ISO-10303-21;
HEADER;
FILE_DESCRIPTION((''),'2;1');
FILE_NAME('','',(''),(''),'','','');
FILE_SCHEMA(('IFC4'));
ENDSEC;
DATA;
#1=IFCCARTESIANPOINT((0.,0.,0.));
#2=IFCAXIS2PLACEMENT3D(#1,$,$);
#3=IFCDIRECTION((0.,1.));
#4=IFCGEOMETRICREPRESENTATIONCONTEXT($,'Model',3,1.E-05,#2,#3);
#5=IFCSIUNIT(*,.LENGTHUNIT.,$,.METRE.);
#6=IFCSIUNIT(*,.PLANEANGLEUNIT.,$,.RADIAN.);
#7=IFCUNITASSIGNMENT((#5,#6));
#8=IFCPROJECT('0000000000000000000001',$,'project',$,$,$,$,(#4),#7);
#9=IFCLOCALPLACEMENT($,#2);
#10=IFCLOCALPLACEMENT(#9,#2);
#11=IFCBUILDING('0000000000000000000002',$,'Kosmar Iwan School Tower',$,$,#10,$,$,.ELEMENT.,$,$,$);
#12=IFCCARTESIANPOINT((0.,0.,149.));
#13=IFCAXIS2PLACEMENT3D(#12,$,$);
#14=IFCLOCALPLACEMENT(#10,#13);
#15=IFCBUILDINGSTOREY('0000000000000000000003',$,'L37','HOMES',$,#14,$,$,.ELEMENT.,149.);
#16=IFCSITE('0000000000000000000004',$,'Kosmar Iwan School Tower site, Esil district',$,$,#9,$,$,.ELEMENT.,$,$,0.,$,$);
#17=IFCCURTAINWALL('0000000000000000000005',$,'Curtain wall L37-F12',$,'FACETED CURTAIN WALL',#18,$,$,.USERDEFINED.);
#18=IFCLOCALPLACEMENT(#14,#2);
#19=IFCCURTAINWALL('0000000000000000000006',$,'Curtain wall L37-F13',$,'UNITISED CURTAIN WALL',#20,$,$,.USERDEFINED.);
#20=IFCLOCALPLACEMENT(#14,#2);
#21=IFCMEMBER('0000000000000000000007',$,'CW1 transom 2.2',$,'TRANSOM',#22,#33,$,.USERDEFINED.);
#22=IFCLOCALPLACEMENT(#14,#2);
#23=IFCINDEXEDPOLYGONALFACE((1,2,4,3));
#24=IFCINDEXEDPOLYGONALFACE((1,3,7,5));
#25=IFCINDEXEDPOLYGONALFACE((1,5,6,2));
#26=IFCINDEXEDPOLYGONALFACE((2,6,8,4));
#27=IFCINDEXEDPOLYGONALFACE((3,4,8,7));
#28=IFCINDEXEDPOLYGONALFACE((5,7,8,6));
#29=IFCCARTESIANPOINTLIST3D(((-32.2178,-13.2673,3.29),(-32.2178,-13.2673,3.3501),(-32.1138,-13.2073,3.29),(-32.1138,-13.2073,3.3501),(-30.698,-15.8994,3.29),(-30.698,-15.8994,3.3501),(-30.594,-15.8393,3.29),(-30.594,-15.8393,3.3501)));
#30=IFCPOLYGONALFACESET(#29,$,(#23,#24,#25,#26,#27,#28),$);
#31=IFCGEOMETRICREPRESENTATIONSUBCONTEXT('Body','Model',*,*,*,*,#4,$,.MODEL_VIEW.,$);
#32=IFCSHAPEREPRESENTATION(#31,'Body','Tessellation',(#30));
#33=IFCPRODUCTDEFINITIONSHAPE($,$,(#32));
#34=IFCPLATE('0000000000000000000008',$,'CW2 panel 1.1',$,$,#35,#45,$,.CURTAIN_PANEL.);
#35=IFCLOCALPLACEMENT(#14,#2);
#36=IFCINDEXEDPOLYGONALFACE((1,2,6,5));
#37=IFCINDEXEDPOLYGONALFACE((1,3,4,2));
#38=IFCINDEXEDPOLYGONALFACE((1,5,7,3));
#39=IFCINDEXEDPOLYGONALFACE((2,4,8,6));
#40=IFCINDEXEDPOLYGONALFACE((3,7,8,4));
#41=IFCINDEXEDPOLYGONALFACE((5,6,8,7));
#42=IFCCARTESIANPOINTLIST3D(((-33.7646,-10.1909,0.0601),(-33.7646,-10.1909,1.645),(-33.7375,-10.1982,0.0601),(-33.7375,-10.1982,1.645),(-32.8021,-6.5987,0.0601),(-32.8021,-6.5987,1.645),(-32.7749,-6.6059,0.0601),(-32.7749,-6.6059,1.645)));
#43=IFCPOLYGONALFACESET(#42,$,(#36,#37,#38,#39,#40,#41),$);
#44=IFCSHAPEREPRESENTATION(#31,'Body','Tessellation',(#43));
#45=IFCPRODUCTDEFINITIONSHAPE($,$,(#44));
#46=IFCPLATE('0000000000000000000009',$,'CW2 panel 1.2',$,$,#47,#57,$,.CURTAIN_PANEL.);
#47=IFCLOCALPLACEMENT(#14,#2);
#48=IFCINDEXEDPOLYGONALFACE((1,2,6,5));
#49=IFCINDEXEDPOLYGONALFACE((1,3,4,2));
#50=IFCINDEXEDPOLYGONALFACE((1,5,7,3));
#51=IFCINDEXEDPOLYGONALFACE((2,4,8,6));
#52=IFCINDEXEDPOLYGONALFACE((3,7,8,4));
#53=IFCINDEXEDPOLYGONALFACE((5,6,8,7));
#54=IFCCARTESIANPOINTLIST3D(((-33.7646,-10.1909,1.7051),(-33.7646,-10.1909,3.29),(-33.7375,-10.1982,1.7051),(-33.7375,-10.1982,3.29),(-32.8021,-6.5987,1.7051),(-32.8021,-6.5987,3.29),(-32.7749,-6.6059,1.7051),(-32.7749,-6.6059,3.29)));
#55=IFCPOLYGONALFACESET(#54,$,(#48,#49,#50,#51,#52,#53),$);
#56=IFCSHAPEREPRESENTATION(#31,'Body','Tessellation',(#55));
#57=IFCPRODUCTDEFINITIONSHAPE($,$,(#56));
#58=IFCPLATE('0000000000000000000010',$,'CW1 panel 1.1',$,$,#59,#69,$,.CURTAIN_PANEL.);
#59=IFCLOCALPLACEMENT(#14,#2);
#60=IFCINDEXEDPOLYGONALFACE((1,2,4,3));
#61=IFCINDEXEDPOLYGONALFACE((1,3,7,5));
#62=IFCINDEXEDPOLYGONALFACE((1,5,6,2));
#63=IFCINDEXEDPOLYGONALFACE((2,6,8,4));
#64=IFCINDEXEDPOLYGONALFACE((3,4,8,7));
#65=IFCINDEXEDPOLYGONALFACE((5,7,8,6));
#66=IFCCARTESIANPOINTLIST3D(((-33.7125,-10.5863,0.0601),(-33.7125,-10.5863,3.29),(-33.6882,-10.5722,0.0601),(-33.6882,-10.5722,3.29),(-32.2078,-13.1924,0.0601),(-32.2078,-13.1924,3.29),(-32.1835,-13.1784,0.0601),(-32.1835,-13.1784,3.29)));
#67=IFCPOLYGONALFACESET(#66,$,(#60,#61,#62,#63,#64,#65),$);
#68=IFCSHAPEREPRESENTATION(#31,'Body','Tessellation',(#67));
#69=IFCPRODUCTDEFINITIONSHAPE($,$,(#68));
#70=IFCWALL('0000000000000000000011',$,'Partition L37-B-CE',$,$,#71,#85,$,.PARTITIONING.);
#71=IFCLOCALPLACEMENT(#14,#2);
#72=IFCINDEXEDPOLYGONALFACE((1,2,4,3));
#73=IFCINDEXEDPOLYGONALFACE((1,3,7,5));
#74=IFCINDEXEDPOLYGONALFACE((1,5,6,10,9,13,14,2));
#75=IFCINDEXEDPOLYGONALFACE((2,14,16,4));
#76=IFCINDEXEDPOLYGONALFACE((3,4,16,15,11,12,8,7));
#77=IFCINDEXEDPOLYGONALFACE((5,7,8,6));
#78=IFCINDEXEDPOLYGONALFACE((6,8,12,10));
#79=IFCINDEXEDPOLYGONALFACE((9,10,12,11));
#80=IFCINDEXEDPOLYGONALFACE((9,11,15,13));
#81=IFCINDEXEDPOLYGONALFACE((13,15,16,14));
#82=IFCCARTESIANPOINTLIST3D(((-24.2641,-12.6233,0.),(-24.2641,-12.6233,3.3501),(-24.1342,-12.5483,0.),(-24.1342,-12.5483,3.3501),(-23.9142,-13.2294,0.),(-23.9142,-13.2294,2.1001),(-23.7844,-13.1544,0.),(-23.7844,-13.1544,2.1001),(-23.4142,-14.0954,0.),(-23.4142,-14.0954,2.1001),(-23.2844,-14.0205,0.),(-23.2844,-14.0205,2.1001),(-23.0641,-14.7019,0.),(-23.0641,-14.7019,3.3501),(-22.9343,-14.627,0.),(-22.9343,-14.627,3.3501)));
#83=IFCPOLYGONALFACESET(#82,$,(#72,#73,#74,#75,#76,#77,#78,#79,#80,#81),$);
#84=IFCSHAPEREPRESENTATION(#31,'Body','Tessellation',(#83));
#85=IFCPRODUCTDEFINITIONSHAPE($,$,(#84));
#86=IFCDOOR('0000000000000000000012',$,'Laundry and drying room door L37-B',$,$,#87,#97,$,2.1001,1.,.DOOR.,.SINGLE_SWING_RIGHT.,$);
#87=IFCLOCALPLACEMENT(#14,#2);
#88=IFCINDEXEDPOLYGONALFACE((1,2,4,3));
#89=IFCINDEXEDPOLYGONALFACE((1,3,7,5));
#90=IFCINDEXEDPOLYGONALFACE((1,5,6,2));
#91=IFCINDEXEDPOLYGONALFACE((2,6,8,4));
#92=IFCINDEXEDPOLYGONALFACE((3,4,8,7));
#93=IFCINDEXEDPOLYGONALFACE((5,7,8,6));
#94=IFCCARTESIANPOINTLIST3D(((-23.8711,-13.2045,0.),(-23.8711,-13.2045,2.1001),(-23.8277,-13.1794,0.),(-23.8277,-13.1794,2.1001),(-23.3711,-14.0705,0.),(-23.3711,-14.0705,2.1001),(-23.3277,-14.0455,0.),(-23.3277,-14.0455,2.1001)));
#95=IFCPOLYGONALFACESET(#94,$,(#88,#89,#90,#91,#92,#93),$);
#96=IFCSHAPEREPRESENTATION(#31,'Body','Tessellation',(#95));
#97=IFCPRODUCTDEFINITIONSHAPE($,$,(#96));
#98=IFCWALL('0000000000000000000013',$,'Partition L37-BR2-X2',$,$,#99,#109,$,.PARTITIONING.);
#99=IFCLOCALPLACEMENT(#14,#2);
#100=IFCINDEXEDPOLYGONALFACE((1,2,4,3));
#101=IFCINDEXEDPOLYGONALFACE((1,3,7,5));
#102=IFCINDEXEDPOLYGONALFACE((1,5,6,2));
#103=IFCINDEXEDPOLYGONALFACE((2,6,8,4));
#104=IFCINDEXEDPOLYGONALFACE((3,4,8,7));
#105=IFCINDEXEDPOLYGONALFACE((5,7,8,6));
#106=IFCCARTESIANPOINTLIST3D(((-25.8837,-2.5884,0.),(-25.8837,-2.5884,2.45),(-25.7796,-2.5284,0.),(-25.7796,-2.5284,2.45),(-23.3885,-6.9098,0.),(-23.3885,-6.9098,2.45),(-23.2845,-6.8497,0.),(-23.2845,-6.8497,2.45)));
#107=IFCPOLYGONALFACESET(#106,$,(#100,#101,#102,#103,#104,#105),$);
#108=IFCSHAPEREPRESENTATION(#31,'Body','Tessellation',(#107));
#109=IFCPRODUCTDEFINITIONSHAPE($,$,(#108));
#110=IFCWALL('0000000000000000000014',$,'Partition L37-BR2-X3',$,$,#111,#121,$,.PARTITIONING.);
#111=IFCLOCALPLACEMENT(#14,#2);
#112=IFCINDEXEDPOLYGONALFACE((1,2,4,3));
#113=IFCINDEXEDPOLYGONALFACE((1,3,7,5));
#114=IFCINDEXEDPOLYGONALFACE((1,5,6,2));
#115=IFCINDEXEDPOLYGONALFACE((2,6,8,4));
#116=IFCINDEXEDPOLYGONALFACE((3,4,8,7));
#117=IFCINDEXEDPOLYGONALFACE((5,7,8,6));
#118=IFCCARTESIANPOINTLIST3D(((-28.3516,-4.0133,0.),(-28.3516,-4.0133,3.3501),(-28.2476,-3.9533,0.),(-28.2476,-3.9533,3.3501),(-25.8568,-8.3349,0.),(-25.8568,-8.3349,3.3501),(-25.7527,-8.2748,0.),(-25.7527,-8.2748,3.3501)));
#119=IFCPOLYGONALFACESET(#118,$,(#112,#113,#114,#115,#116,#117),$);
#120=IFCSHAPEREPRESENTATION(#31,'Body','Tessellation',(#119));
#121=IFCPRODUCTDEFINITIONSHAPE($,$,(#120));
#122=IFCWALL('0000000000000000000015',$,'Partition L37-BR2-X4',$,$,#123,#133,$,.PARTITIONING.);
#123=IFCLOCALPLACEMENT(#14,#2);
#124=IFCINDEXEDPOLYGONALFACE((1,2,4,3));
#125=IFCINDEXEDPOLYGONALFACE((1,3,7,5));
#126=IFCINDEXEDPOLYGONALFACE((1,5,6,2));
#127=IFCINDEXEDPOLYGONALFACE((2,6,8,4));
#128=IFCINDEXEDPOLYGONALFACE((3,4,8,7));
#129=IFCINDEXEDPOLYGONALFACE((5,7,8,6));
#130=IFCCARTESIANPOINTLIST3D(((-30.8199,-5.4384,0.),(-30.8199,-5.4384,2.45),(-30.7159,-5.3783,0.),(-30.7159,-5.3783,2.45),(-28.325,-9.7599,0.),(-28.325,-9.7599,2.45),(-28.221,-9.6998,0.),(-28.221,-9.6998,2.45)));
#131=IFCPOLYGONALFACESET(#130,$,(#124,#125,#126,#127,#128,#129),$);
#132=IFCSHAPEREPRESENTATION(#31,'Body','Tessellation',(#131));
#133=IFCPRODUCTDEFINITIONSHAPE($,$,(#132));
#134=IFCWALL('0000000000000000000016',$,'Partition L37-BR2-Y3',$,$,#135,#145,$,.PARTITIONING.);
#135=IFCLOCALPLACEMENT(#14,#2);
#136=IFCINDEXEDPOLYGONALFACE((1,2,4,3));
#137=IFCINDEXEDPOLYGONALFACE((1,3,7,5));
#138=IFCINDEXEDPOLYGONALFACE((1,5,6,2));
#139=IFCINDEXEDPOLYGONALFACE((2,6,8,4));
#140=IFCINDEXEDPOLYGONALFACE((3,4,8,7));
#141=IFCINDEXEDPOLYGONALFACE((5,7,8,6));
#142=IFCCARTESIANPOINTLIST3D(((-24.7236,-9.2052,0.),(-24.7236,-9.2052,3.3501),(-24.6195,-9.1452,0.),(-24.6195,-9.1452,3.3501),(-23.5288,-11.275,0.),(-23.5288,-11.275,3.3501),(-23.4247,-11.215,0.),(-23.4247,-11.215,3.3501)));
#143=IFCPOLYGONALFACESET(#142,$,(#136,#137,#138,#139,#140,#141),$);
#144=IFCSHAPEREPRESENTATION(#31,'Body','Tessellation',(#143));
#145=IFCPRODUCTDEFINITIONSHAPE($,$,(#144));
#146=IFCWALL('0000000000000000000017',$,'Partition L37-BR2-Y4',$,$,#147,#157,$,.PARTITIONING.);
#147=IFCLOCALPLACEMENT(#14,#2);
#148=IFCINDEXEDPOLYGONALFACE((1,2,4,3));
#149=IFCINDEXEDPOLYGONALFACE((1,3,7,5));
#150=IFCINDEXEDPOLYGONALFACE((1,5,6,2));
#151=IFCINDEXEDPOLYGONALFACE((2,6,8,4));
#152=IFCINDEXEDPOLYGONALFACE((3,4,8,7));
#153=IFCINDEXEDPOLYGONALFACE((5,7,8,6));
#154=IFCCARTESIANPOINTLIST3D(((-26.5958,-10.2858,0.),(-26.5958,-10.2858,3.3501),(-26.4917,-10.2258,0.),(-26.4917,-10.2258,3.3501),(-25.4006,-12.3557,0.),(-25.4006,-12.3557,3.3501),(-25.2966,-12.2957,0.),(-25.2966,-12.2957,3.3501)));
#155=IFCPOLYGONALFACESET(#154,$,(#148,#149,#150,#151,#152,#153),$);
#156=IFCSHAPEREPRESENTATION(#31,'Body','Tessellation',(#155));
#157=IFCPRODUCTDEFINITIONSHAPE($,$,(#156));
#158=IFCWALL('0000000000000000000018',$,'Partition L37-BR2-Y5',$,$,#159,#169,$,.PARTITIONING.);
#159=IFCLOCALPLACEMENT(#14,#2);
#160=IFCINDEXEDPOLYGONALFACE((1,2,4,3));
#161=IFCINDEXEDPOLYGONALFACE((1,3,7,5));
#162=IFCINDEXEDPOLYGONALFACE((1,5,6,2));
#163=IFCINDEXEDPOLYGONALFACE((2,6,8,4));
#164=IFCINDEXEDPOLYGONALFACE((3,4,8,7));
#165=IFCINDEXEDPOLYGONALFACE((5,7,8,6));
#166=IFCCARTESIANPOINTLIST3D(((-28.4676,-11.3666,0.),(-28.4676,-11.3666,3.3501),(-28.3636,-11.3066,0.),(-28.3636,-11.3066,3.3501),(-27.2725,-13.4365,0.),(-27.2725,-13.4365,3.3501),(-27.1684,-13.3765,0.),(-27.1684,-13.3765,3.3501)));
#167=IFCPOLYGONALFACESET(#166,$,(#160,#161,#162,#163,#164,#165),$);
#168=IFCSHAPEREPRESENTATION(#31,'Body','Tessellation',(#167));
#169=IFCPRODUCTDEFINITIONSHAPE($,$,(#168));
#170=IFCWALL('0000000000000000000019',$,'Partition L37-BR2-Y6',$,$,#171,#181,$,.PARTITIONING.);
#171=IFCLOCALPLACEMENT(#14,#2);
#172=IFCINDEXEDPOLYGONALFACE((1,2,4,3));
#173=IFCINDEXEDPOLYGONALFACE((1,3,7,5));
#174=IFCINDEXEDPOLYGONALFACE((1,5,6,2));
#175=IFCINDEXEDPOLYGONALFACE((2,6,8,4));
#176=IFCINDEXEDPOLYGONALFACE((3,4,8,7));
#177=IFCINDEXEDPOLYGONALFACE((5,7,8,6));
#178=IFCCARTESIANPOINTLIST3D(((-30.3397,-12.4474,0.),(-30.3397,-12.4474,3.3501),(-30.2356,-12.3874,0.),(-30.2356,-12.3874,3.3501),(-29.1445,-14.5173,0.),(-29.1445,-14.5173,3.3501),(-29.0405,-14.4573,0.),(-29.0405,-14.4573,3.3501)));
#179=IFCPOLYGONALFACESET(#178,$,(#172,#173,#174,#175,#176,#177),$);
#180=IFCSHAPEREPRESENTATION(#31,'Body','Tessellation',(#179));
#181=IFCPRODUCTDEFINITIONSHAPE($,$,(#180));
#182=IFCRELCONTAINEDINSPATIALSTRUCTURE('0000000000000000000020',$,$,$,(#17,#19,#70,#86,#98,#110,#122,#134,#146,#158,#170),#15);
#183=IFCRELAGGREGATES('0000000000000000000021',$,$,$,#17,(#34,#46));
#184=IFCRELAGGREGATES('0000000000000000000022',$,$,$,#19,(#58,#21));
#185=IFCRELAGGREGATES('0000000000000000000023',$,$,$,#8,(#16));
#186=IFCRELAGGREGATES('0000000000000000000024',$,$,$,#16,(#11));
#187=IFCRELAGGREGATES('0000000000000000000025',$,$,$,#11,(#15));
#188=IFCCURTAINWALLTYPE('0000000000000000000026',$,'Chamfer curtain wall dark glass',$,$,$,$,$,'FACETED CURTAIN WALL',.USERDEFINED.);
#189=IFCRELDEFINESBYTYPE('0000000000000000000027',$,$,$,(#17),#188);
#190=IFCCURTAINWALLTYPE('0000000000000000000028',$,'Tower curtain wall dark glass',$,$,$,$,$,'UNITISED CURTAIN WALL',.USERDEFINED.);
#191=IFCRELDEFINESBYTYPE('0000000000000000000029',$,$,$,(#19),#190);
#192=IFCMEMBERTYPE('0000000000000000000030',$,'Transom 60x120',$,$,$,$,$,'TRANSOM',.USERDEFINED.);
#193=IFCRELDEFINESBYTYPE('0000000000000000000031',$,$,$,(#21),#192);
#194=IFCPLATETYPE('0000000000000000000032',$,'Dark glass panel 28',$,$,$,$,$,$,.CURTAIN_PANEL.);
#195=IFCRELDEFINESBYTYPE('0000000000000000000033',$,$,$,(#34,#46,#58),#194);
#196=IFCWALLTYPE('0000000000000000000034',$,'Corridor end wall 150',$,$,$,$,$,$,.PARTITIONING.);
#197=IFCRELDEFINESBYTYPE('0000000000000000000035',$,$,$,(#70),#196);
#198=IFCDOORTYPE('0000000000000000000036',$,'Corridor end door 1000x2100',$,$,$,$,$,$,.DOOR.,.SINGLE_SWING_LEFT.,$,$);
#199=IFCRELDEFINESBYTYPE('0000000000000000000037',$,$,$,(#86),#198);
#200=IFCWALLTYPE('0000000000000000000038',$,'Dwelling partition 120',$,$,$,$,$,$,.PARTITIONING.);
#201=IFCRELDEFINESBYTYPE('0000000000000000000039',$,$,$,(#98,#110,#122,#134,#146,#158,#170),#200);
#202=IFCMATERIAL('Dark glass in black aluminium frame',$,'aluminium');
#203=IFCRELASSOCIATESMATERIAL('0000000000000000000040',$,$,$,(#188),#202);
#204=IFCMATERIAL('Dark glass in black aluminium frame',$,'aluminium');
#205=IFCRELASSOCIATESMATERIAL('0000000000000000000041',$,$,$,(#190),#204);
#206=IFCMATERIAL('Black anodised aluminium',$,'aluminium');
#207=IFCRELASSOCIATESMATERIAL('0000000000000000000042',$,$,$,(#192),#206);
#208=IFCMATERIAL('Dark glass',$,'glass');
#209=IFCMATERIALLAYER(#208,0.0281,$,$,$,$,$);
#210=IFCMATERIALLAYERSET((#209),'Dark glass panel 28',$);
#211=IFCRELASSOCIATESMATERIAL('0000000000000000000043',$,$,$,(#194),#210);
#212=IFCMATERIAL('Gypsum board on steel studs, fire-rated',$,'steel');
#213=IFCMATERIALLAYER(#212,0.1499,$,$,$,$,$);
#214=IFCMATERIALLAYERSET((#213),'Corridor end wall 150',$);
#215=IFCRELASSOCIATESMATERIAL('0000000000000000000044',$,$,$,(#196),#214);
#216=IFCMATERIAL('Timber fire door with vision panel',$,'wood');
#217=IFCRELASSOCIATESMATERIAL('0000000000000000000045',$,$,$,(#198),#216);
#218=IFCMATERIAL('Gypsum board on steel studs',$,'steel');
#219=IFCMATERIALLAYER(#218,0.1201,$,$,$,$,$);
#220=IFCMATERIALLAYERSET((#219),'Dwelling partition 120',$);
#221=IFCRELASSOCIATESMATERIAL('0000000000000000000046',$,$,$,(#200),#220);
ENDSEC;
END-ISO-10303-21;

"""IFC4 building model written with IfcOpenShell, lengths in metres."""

from ifc_helpers import new_model, si_unit, direction, frame, frame_2d, origin, origin_2d, place, context, subcontext, project, spatial, rectangle, extrude, material, layer, layer_set, material_profile, profile_set, type_object, element, fill, aggregate, save


model = new_model("IFC4")

# Units and contexts
model_context = context("Model", 3, precision=1e-05, world=origin(), true_north=direction((0.0, 1.0)))
body_context = subcontext(model_context, "Body", "Model", "MODEL_VIEW")
ifc_project = project(units=[si_unit("LENGTHUNIT", "METRE"), si_unit("PLANEANGLEUNIT", "RADIAN")], contexts=[model_context])

# Site, building, storey
site_placement = place(None, origin())
site = spatial("IfcSite", under=ifc_project, at=site_placement, Name="Kosmar Iwan School Tower site, Esil district", CompositionType="ELEMENT", RefElevation=0.0)
building_placement = place(site_placement, origin())
building = spatial("IfcBuilding", under=site, at=building_placement, Name="Kosmar Iwan School Tower", CompositionType="ELEMENT")
storey_placement = place(building_placement, frame((0.0, 0.0, 149.0)))
storey = spatial("IfcBuildingStorey", under=building, at=storey_placement, Name="L37", Description="HOMES", CompositionType="ELEMENT", Elevation=149.0)

# Curtain wall
ifc_material_1 = material(Name="Dark glass in black aluminium frame", Category="aluminium")
curtain_wall_type_1 = type_object("IfcCurtainWallType", Name="Chamfer curtain wall dark glass", ElementType="FACETED CURTAIN WALL", PredefinedType="USERDEFINED", material=ifc_material_1)
curtain_wall_1_placement = place(storey_placement, origin())
curtain_wall_1 = element("IfcCurtainWall", 1, at=curtain_wall_1_placement, inside=storey, type_object=curtain_wall_type_1, Name="Curtain wall L37-F12", ObjectType="FACETED CURTAIN WALL", PredefinedType="USERDEFINED")

# Curtain wall
ifc_material_2 = material(Name="Dark glass in black aluminium frame", Category="aluminium")
curtain_wall_type_2 = type_object("IfcCurtainWallType", Name="Tower curtain wall dark glass", ElementType="UNITISED CURTAIN WALL", PredefinedType="USERDEFINED", material=ifc_material_2)
curtain_wall_2_placement = place(storey_placement, origin())
curtain_wall_2 = element("IfcCurtainWall", 2, at=curtain_wall_2_placement, inside=storey, type_object=curtain_wall_type_2, Name="Curtain wall L37-F13", ObjectType="UNITISED CURTAIN WALL", PredefinedType="USERDEFINED")

# Member
ifc_material_3 = material(Name="Black anodised aluminium", Category="aluminium")
ifc_material_profile_1 = material_profile(ifc_material_3, rectangle(XDim=0.1201, YDim=0.0601, at=origin_2d()), Name="TRANSOM 60x120")
ifc_profile_set_1 = profile_set([ifc_material_profile_1], Name="Black anodised aluminium")
member_type_1 = type_object("IfcMemberType", Name="Transom 60x120", ElementType="TRANSOM", PredefinedType="USERDEFINED", material=ifc_profile_set_1)
member_1_placement = place(storey_placement, frame((-32.1658, -13.2373, 3.3201), z_axis=(0.500035, -0.866005, 0.0), x_axis=(0.866005, 0.500035, 0.0)))
member_1 = element("IfcMember", 3, at=member_1_placement, type_object=member_type_1, Name="CW1 transom 2.2", ObjectType="TRANSOM", PredefinedType="USERDEFINED", context=body_context, shape_type="SweptSolid", body=[
    extrude(rectangle(XDim=0.1201, YDim=0.0601, at=origin_2d()), origin(), (0.0, 0.0, 1.0), 3.0393),
])

# Plates
ifc_material_4 = material(Name="Dark glass", Category="glass")
ifc_layer_1 = layer(ifc_material_4, 0.0281)
ifc_layer_set_1 = layer_set([ifc_layer_1], Name="Dark glass panel 28")
plate_type = type_object("IfcPlateType", Name="Dark glass panel 28", PredefinedType="CURTAIN_PANEL", material=ifc_layer_set_1)
plate_1_placement = place(storey_placement, frame((-33.2698, -8.3984, 0.0601), z_axis=(0.0, 0.0, 1.0), x_axis=(-0.258819, -0.965926, 0.0)))
plate_1 = element("IfcPlate", 4, at=plate_1_placement, type_object=plate_type, Name="CW2 panel 1.1", PredefinedType="CURTAIN_PANEL", context=body_context, shape_type="SweptSolid", body=[
    extrude(rectangle(XDim=3.719, YDim=0.0281, at=origin_2d()), origin(), (0.0, 0.0, 1.0), 1.585),
])
plate_2_placement = place(storey_placement, frame((-33.2698, -8.3984, 1.7051), z_axis=(0.0, 0.0, 1.0), x_axis=(-0.258819, -0.965926, 0.0)))
plate_2 = element("IfcPlate", 5, at=plate_2_placement, type_object=plate_type, Name="CW2 panel 1.2", PredefinedType="CURTAIN_PANEL", context=body_context, shape_type="SweptSolid", body=[
    extrude(rectangle(XDim=3.719, YDim=0.0281, at=origin_2d()), origin(), (0.0, 0.0, 1.0), 1.585),
])
aggregate(curtain_wall_1, [plate_1, plate_2])
plate_3_placement = place(storey_placement, frame((-32.948, -11.8823, 0.0601), z_axis=(0.0, 0.0, 1.0), x_axis=(0.5, -0.866025, 0.0)))
plate_3 = element("IfcPlate", 6, at=plate_3_placement, type_object=plate_type, Name="CW1 panel 1.1", PredefinedType="CURTAIN_PANEL", context=body_context, shape_type="SweptSolid", body=[
    extrude(rectangle(XDim=3.0093, YDim=0.0281, at=origin_2d()), origin(), (0.0, 0.0, 1.0), 3.23),
])
aggregate(curtain_wall_2, [plate_3, member_1])

# Wall, opening, door
ifc_material_5 = material(Name="Gypsum board on steel studs, fire-rated", Category="steel")
ifc_layer_2 = layer(ifc_material_5, 0.1499)
ifc_layer_set_2 = layer_set([ifc_layer_2], Name="Corridor end wall 150")
wall_type_1 = type_object("IfcWallType", Name="Corridor end wall 150", PredefinedType="PARTITIONING", material=ifc_layer_set_2)
wall_1_placement = place(storey_placement, frame((-24.1992, -12.5857, 0.0), z_axis=(0.0, 0.0, 1.0), x_axis=(0.499957, -0.86605, 0.0)))
wall_1 = element("IfcWall", 7, at=wall_1_placement, inside=storey, type_object=wall_type_1, Name="Partition L37-B-CE", PredefinedType="PARTITIONING", context=body_context, shape_type="SweptSolid", body=[
    extrude(rectangle(XDim=2.4001, YDim=0.1499, at=frame_2d((1.2002, 0.0))), origin(), (0.0, 0.0, 1.0), 3.3501),
])
opening_placement = place(wall_1_placement, frame((0.7, 0.0, 0.0)))
opening = element("IfcOpeningElement", 8, at=opening_placement, cuts=wall_1, PredefinedType="OPENING", context=body_context, shape_type="SweptSolid", body=[
    extrude(rectangle(XDim=1.0, YDim=2.1001, at=frame_2d((0.5, 1.05))), frame((0.0, 0.0869, 0.0), z_axis=(0.0, -1.0, 0.0), x_axis=(1.0, 0.0, 0.0)), (0.0, 0.0, 1.0), 0.1738),
])
ifc_material_6 = material(Name="Timber fire door with vision panel", Category="wood")
door_type = type_object("IfcDoorType", Name="Corridor end door 1000x2100", OperationType="SINGLE_SWING_LEFT", PredefinedType="DOOR", material=ifc_material_6)
door_placement = place(opening_placement, origin())
door = element("IfcDoor", 9, at=door_placement, inside=storey, type_object=door_type, Name="Laundry and drying room door L37-B", OperationType="SINGLE_SWING_RIGHT", OverallHeight=2.1001, OverallWidth=1.0, PredefinedType="DOOR", context=body_context, shape_type="SweptSolid", body=[
    extrude(rectangle(XDim=1.0, YDim=2.1001, at=frame_2d((0.5, 1.05))), frame((0.0, 0.0249, 0.0), z_axis=(0.0, -1.0, 0.0), x_axis=(1.0, 0.0, 0.0)), (0.0, 0.0, 1.0), 0.05),
])
fill(opening, door)

# Walls
ifc_material_7 = material(Name="Gypsum board on steel studs", Category="steel")
ifc_layer_3 = layer(ifc_material_7, 0.1201)
ifc_layer_set_3 = layer_set([ifc_layer_3], Name="Dwelling partition 120")
wall_type_2 = type_object("IfcWallType", Name="Dwelling partition 120", PredefinedType="PARTITIONING", material=ifc_layer_set_3)
wall_2_placement = place(storey_placement, frame((-23.3364, -6.8799, 0.0), z_axis=(0.0, 0.0, 1.0), x_axis=(-0.500033, 0.866006, 0.0)))
element("IfcWall", 10, at=wall_2_placement, inside=storey, type_object=wall_type_2, Name="Partition L37-BR2-X2", PredefinedType="PARTITIONING", context=body_context, shape_type="SweptSolid", body=[
    extrude(rectangle(XDim=4.99, YDim=0.1201, at=frame_2d((2.4951, 0.0))), origin(), (0.0, 0.0, 1.0), 2.45),
])
wall_3_placement = place(storey_placement, frame((-25.8047, -8.3049, 0.0), z_axis=(0.0, 0.0, 1.0), x_axis=(-0.499975, 0.86604, 0.0)))
element("IfcWall", 11, at=wall_3_placement, inside=storey, type_object=wall_type_2, Name="Partition L37-BR2-X3", PredefinedType="PARTITIONING", context=body_context, shape_type="SweptSolid", body=[
    extrude(rectangle(XDim=4.99, YDim=0.1201, at=frame_2d((2.4951, 0.0))), origin(), (0.0, 0.0, 1.0), 3.3501),
])
wall_4_placement = place(storey_placement, frame((-28.2729, -9.73, 0.0), z_axis=(0.0, 0.0, 1.0), x_axis=(-0.499975, 0.86604, 0.0)))
element("IfcWall", 12, at=wall_4_placement, inside=storey, type_object=wall_type_2, Name="Partition L37-BR2-X4", PredefinedType="PARTITIONING", context=body_context, shape_type="SweptSolid", body=[
    extrude(rectangle(XDim=4.99, YDim=0.1201, at=frame_2d((2.4951, 0.0))), origin(), (0.0, 0.0, 1.0), 2.45),
])
wall_5_placement = place(storey_placement, frame((-23.4768, -11.2449, 0.0), z_axis=(0.0, 0.0, 1.0), x_axis=(-0.499941, 0.86606, 0.0)))
element("IfcWall", 13, at=wall_5_placement, inside=storey, type_object=wall_type_2, Name="Partition L37-BR2-Y3", PredefinedType="PARTITIONING", context=body_context, shape_type="SweptSolid", body=[
    extrude(rectangle(XDim=2.3899, YDim=0.1201, at=frame_2d((1.1948, 0.0))), origin(), (0.0, 0.0, 1.0), 3.3501),
])
for number, where, z_axis, x_axis, name in (
    (14, (-25.3486, -12.3257, 0.0), (0.0, 0.0, 1.0), (-0.500017, 0.866015, 0.0), "Partition L37-BR2-Y4"),
    (15, (-27.2205, -13.4065, 0.0), (0.0, 0.0, 1.0), (-0.500017, 0.866015, 0.0), "Partition L37-BR2-Y5"),
    (16, (-29.0925, -14.4873, 0.0), (0.0, 0.0, 1.0), (-0.500017, 0.866015, 0.0), "Partition L37-BR2-Y6"),
):
    element("IfcWall", number, at=place(storey_placement, frame(where, z_axis=z_axis, x_axis=x_axis)), inside=storey, type_object=wall_type_2, Name=name, PredefinedType="PARTITIONING", context=body_context, shape_type="SweptSolid", body=[
        extrude(rectangle(XDim=2.3901, YDim=0.1201, at=frame_2d((1.1951, 0.0))), origin(), (0.0, 0.0, 1.0), 3.3501),
    ])

save(model, "model.ifc")
